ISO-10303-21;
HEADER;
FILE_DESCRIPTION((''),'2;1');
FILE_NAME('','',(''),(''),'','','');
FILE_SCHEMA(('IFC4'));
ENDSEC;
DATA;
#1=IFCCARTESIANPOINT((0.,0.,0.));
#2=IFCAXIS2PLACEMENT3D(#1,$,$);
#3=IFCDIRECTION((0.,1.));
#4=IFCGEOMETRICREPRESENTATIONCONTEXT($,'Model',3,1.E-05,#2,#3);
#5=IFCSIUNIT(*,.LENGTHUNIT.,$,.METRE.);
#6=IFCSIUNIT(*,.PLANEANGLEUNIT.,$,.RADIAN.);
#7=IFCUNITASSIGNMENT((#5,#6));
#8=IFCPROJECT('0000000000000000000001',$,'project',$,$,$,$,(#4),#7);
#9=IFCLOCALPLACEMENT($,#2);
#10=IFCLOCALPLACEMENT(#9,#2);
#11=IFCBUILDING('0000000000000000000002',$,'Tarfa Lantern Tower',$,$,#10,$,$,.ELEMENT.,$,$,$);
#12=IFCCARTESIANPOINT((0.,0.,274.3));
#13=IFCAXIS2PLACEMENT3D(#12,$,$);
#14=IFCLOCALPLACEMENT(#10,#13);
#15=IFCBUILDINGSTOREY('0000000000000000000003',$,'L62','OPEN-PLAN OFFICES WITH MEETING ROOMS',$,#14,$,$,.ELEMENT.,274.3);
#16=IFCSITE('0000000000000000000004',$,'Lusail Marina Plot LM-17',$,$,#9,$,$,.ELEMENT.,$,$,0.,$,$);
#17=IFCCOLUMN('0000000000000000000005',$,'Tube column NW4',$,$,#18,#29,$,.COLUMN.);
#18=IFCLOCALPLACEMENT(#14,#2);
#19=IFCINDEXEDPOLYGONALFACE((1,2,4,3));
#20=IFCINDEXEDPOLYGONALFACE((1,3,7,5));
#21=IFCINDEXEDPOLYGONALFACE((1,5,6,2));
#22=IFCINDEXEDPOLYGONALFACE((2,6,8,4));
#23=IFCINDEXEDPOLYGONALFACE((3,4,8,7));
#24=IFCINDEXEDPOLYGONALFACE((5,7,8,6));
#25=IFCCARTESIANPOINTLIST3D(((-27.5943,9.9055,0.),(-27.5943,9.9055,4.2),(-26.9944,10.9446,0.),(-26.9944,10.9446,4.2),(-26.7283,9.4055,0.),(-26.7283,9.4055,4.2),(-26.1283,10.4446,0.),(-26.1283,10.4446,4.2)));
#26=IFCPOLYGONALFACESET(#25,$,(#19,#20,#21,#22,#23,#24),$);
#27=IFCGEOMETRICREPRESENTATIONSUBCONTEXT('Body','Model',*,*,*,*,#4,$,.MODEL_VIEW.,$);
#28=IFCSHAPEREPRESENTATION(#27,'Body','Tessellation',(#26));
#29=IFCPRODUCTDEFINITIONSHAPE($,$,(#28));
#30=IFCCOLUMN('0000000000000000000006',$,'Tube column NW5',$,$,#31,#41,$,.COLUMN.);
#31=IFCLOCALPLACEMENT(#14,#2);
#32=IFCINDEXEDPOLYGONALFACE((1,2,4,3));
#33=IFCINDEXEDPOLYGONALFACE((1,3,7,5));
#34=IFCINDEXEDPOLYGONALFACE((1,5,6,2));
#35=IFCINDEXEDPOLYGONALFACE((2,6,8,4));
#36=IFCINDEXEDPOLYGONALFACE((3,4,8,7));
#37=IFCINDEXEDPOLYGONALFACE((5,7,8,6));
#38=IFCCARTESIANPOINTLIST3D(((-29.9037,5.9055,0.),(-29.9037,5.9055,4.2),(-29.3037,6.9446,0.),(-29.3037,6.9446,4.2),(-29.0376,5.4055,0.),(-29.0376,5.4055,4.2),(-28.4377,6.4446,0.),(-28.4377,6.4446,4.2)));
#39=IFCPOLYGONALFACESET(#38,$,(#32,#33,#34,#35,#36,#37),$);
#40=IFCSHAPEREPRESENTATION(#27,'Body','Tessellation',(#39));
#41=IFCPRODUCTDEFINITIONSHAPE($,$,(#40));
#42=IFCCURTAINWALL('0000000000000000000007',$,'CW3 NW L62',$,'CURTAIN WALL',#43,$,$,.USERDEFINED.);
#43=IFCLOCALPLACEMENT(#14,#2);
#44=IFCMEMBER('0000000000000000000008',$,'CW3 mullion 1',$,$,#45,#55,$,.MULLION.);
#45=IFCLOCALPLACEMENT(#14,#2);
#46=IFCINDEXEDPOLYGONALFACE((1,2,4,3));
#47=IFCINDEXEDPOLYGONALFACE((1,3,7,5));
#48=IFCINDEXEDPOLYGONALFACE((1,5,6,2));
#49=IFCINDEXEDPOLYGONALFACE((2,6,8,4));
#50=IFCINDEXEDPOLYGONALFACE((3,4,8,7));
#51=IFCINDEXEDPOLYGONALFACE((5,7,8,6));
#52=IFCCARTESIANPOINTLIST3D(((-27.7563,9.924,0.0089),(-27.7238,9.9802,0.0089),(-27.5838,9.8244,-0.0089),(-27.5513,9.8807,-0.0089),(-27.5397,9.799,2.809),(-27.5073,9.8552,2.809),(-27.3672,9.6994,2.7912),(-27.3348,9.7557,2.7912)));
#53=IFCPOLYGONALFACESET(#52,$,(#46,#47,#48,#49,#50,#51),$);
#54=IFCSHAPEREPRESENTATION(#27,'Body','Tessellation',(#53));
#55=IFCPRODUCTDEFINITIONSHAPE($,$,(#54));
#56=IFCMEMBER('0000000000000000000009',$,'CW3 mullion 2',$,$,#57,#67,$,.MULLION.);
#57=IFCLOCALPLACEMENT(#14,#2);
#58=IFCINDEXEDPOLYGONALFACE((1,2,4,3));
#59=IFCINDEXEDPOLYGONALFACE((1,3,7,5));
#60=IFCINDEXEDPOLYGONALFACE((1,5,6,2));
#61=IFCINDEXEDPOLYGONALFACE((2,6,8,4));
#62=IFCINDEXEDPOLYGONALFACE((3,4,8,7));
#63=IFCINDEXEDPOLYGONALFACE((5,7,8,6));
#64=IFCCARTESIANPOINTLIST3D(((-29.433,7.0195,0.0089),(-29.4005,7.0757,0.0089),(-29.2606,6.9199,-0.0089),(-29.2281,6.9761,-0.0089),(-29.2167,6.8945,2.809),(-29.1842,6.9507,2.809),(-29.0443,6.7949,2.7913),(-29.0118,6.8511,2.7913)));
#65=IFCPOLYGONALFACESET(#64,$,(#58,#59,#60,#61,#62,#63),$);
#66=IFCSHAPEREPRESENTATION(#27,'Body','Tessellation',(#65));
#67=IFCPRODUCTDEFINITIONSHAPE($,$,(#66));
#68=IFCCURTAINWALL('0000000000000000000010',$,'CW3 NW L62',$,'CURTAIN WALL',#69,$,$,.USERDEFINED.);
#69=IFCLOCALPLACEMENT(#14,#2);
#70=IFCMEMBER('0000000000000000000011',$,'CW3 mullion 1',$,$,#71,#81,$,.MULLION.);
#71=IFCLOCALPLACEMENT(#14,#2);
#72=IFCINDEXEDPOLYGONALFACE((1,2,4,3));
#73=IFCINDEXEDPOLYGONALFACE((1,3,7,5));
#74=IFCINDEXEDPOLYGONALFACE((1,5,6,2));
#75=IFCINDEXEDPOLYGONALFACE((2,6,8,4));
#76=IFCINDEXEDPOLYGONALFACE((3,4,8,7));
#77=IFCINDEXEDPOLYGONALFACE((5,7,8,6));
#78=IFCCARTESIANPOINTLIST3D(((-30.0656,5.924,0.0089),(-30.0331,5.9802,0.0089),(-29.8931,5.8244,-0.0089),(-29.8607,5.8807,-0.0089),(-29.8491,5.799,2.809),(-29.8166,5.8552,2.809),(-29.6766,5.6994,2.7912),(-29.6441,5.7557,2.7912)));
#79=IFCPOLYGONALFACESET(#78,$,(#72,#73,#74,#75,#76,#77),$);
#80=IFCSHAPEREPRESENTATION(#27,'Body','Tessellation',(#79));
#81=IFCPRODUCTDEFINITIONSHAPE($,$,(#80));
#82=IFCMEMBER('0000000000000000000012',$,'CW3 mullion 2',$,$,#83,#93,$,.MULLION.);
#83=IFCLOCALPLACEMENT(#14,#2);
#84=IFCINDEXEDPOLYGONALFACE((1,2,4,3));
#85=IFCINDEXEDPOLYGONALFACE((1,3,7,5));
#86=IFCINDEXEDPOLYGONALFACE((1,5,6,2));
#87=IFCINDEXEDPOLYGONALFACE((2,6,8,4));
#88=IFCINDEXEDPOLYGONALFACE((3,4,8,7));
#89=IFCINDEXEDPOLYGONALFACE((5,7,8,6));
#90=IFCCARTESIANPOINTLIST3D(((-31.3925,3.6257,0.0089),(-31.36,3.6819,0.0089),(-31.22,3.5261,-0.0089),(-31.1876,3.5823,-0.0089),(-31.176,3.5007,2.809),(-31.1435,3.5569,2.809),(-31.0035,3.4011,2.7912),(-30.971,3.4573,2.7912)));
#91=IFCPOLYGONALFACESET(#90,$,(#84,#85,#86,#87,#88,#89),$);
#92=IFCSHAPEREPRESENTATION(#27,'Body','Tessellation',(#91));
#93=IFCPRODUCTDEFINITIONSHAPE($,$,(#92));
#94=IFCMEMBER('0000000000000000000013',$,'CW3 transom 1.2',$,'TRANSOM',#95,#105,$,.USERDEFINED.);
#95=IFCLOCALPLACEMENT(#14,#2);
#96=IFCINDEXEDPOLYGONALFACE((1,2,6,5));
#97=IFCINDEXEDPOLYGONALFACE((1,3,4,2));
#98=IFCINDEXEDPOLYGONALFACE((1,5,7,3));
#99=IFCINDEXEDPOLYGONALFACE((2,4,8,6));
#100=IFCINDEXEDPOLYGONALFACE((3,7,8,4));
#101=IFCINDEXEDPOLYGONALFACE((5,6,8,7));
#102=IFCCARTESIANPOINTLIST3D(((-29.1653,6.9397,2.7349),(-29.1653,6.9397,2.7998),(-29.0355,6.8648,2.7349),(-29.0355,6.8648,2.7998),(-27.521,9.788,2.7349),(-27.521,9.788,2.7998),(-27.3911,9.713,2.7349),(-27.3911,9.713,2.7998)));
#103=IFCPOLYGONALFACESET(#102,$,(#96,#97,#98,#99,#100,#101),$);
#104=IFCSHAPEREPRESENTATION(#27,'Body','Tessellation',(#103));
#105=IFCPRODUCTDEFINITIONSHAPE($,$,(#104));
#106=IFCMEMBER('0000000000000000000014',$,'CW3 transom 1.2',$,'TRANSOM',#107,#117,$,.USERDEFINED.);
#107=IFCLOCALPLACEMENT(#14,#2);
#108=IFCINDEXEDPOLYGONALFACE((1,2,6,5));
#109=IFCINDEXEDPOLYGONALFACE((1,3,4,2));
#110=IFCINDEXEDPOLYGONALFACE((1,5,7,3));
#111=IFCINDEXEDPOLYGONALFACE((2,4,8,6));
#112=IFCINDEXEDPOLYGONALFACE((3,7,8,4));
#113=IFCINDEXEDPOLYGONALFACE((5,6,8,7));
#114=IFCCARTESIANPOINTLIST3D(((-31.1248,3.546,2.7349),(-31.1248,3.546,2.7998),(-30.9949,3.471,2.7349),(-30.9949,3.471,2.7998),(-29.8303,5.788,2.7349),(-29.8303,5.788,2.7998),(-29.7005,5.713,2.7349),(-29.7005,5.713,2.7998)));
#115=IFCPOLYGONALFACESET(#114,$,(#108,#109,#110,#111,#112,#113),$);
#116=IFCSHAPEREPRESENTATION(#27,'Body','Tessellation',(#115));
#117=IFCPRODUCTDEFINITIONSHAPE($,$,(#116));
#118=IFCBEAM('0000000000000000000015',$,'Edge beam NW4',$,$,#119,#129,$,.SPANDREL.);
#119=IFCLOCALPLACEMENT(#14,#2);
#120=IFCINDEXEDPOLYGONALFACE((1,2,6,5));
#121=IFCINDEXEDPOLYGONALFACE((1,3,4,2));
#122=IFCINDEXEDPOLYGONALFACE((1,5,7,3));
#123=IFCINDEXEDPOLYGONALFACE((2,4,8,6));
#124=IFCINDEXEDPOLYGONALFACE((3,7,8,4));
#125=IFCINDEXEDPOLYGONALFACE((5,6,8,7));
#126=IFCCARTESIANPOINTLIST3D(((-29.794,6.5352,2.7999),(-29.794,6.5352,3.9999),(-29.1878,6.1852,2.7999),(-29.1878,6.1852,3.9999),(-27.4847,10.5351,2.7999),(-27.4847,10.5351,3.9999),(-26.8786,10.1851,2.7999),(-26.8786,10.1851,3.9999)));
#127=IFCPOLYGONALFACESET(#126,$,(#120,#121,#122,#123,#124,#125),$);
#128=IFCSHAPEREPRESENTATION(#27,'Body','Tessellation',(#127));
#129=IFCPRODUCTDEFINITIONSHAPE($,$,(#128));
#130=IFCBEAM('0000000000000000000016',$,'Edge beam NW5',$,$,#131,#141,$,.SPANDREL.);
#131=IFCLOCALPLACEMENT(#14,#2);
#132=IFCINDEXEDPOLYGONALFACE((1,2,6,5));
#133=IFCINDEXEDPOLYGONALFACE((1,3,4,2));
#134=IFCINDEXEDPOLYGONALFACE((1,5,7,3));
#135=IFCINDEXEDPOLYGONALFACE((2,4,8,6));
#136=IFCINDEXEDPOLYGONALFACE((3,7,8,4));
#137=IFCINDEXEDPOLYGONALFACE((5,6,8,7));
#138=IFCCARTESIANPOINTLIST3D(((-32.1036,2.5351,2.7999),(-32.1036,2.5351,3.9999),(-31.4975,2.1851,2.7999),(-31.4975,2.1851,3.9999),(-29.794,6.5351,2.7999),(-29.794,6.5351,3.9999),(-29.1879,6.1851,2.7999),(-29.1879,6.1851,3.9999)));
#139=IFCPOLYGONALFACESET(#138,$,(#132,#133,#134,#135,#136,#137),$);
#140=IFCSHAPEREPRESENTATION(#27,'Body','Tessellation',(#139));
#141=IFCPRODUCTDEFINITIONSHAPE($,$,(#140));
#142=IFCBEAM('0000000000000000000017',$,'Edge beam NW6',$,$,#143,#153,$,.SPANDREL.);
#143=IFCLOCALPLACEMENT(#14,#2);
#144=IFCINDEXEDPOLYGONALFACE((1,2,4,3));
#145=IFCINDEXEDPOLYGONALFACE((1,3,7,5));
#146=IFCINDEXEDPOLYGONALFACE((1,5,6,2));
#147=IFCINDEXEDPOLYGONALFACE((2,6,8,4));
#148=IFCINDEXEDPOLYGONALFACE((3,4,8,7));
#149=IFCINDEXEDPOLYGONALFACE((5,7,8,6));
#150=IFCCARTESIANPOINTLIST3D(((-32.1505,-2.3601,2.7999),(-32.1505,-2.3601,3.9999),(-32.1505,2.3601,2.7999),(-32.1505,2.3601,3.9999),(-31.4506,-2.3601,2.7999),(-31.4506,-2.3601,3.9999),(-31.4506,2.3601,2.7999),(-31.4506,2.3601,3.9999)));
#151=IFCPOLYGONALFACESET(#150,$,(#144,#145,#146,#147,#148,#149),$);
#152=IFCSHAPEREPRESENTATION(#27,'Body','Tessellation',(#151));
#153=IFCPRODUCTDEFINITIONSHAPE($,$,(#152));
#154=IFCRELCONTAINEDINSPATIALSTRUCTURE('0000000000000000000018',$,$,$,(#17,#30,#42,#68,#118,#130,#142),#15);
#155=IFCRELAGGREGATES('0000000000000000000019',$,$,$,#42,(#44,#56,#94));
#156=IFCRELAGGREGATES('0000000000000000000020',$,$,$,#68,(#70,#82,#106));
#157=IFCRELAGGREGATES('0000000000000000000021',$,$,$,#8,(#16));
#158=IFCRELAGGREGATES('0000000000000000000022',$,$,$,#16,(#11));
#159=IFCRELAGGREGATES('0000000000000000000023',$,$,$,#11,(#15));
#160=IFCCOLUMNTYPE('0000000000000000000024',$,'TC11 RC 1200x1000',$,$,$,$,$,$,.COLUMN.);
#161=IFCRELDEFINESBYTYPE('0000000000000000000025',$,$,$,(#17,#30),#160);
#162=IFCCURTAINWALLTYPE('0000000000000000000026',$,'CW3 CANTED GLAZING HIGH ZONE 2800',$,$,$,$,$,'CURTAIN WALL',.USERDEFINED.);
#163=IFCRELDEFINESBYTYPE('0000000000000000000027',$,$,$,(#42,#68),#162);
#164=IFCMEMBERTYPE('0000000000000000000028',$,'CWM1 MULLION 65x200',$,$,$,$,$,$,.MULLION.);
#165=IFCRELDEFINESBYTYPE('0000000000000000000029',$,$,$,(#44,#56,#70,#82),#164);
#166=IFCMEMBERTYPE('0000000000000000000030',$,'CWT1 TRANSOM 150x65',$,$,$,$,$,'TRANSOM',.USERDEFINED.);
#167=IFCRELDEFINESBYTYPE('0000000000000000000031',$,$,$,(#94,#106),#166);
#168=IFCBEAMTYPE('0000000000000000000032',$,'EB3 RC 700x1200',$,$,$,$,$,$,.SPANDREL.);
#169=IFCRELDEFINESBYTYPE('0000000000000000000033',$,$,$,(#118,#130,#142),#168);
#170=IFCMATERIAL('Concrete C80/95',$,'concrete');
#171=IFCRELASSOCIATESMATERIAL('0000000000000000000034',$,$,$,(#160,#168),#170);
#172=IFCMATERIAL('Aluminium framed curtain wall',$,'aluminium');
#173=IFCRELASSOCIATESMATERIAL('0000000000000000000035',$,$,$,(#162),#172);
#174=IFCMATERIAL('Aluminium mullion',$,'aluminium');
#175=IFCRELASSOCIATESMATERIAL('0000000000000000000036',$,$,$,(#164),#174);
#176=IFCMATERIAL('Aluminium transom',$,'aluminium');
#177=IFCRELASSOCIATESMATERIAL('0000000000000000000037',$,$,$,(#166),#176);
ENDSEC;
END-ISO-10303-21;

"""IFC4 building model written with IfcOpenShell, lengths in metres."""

from ifc_helpers import new_model, si_unit, direction, frame, origin, origin_2d, place, context, subcontext, project, spatial, rectangle, extrude, material, material_profile, profile_set, type_object, element, aggregate, save


model = new_model("IFC4")

# Units and contexts
model_context = context("Model", 3, precision=1e-05, world=origin(), true_north=direction((0.0, 1.0)))
body_context = subcontext(model_context, "Body", "Model", "MODEL_VIEW")
ifc_project = project(units=[si_unit("LENGTHUNIT", "METRE"), si_unit("PLANEANGLEUNIT", "RADIAN")], contexts=[model_context])

# Site, building, storey
site_placement = place(None, origin())
site = spatial("IfcSite", under=ifc_project, at=site_placement, Name="Lusail Marina Plot LM-17", CompositionType="ELEMENT", RefElevation=0.0)
building_placement = place(site_placement, origin())
building = spatial("IfcBuilding", under=site, at=building_placement, Name="Tarfa Lantern Tower", CompositionType="ELEMENT")
storey_placement = place(building_placement, frame((0.0, 0.0, 274.3)))
storey = spatial("IfcBuildingStorey", under=building, at=storey_placement, Name="L62", Description="OPEN-PLAN OFFICES WITH MEETING ROOMS", CompositionType="ELEMENT", Elevation=274.3)

# Columns
ifc_material_1 = material(Name="Concrete C80/95", Category="concrete")
ifc_material_profile_1 = material_profile(ifc_material_1, rectangle(XDim=1.2, YDim=1.0, at=origin_2d()), Name="RC 1200x1000")
ifc_profile_set_1 = profile_set([ifc_material_profile_1], Name="Concrete C80/95")
column_type = type_object("IfcColumnType", Name="TC11 RC 1200x1000", PredefinedType="COLUMN", material=ifc_profile_set_1)
for number, where, z_axis, x_axis, name in (
    (1, (-26.8613, 10.175, 0.0), (0.0, 0.0, 1.0), (-0.5, -0.866025, 0.0), "Tube column NW4"),
    (2, (-29.1707, 6.175, 0.0), (0.0, 0.0, 1.0), (-0.5, -0.866025, 0.0), "Tube column NW5"),
):
    element("IfcColumn", number, at=place(storey_placement, frame(where, z_axis=z_axis, x_axis=x_axis)), inside=storey, type_object=column_type, Name=name, PredefinedType="COLUMN", context=body_context, shape_type="SweptSolid", body=[
        extrude(rectangle(XDim=1.2, YDim=1.0, at=origin_2d()), origin(), (0.0, 0.0, 1.0), 4.2),
    ])

# Curtain walls, members
ifc_material_2 = material(Name="Aluminium framed curtain wall", Category="aluminium")
curtain_wall_type = type_object("IfcCurtainWallType", Name="CW3 CANTED GLAZING HIGH ZONE 2800", ElementType="CURTAIN WALL", PredefinedType="USERDEFINED", material=ifc_material_2)
curtain_wall_1_placement = place(storey_placement, origin())
curtain_wall_1 = element("IfcCurtainWall", 3, at=curtain_wall_1_placement, inside=storey, type_object=curtain_wall_type, Name="CW3 NW L62", ObjectType="CURTAIN WALL", PredefinedType="USERDEFINED")
ifc_material_3 = material(Name="Aluminium mullion", Category="aluminium")
ifc_material_profile_2 = material_profile(ifc_material_3, rectangle(XDim=0.0649, YDim=0.2, at=origin_2d()), Name="AL MULLION 65x200")
ifc_profile_set_2 = profile_set([ifc_material_profile_2], Name="Aluminium mullion")
member_type_1 = type_object("IfcMemberType", Name="CWM1 MULLION 65x200", PredefinedType="MULLION", material=ifc_profile_set_2)
member_1_placement = place(storey_placement, frame((-27.6538, 9.9023, 0.0), z_axis=(0.077032, -0.044465, 0.996037), x_axis=(0.49992, 0.866072, 0.0)))
member_1 = element("IfcMember", 4, at=member_1_placement, type_object=member_type_1, Name="CW3 mullion 1", PredefinedType="MULLION", context=body_context, shape_type="SweptSolid", body=[
    extrude(rectangle(XDim=0.0649, YDim=0.2, at=origin_2d()), origin(), (0.0, 0.0, 1.0), 2.8113),
])
member_2_placement = place(storey_placement, frame((-29.3306, 6.9978, 0.0), z_axis=(0.076946, -0.044465, 0.996043), x_axis=(0.500343, 0.865827, 0.0)))
member_2 = element("IfcMember", 5, at=member_2_placement, type_object=member_type_1, Name="CW3 mullion 2", PredefinedType="MULLION", context=body_context, shape_type="SweptSolid", body=[
    extrude(rectangle(XDim=0.0649, YDim=0.2, at=origin_2d()), origin(), (0.0, 0.0, 1.0), 2.8113),
])
curtain_wall_2_placement = place(storey_placement, origin())
curtain_wall_2 = element("IfcCurtainWall", 6, at=curtain_wall_2_placement, inside=storey, type_object=curtain_wall_type, Name="CW3 NW L62", ObjectType="CURTAIN WALL", PredefinedType="USERDEFINED")
member_3_placement = place(storey_placement, frame((-29.9631, 5.9023, 0.0), z_axis=(0.077032, -0.044465, 0.996037), x_axis=(0.49992, 0.866072, 0.0)))
member_3 = element("IfcMember", 7, at=member_3_placement, type_object=member_type_1, Name="CW3 mullion 1", PredefinedType="MULLION", context=body_context, shape_type="SweptSolid", body=[
    extrude(rectangle(XDim=0.0649, YDim=0.2, at=origin_2d()), origin(), (0.0, 0.0, 1.0), 2.8113),
])
member_4_placement = place(storey_placement, frame((-31.29, 3.604, 0.0), z_axis=(0.077032, -0.044465, 0.996037), x_axis=(0.49992, 0.866072, 0.0)))
member_4 = element("IfcMember", 8, at=member_4_placement, type_object=member_type_1, Name="CW3 mullion 2", PredefinedType="MULLION", context=body_context, shape_type="SweptSolid", body=[
    extrude(rectangle(XDim=0.0649, YDim=0.2, at=origin_2d()), origin(), (0.0, 0.0, 1.0), 2.8113),
])

# Members
ifc_material_4 = material(Name="Aluminium transom", Category="aluminium")
ifc_material_profile_3 = material_profile(ifc_material_4, rectangle(XDim=0.1499, YDim=0.0649, at=origin_2d()), Name="AL TRANSOM 150x65")
ifc_profile_set_3 = profile_set([ifc_material_profile_3], Name="Aluminium transom")
member_type_2 = type_object("IfcMemberType", Name="CWT1 TRANSOM 150x65", ElementType="TRANSOM", PredefinedType="USERDEFINED", material=ifc_profile_set_3)
member_5_placement = place(storey_placement, frame((-27.4561, 9.7505, 2.7673), z_axis=(-0.499979, -0.866037, 0.0), x_axis=(0.866037, -0.499979, 0.0)))
member_5 = element("IfcMember", 9, at=member_5_placement, type_object=member_type_2, Name="CW3 transom 1.2", ObjectType="TRANSOM", PredefinedType="USERDEFINED", context=body_context, shape_type="SweptSolid", body=[
    extrude(rectangle(XDim=0.1499, YDim=0.0649, at=origin_2d()), origin(), (0.0, 0.0, 1.0), 3.2888),
])
member_6_placement = place(storey_placement, frame((-29.7654, 5.7505, 2.7673), z_axis=(-0.500014, -0.866018, 0.0), x_axis=(0.866018, -0.500014, 0.0)))
member_6 = element("IfcMember", 10, at=member_6_placement, type_object=member_type_2, Name="CW3 transom 1.2", ObjectType="TRANSOM", PredefinedType="USERDEFINED", context=body_context, shape_type="SweptSolid", body=[
    extrude(rectangle(XDim=0.1499, YDim=0.0649, at=origin_2d()), origin(), (0.0, 0.0, 1.0), 2.5889),
])

# Beams
ifc_material_profile_4 = material_profile(ifc_material_1, rectangle(XDim=0.7, YDim=1.2, at=origin_2d()), Name="RC 700x1200")
ifc_profile_set_4 = profile_set([ifc_material_profile_4], Name="Concrete C80/95")
beam_type_1 = type_object("IfcBeamType", Name="EB3 RC 700x1200", PredefinedType="SPANDREL", material=ifc_profile_set_4)
beam_1_placement = place(storey_placement, frame((-27.1816, 10.3601, 3.3999), z_axis=(-0.499988, -0.866032, 0.0), x_axis=(0.866032, -0.499988, 0.0)))
element("IfcBeam", 11, at=beam_1_placement, inside=storey, type_object=beam_type_1, Name="Edge beam NW4", PredefinedType="SPANDREL", context=body_context, shape_type="SweptSolid", body=[
    extrude(rectangle(XDim=0.7, YDim=1.2, at=origin_2d()), origin(), (0.0, 0.0, 1.0), 4.6187),
])
beam_2_placement = place(storey_placement, frame((-29.491, 6.3601, 3.3999), z_axis=(-0.500027, -0.86601, 0.0), x_axis=(0.86601, -0.500027, 0.0)))
element("IfcBeam", 12, at=beam_2_placement, inside=storey, type_object=beam_type_1, Name="Edge beam NW5", PredefinedType="SPANDREL", context=body_context, shape_type="SweptSolid", body=[
    extrude(rectangle(XDim=0.7, YDim=1.2, at=origin_2d()), origin(), (0.0, 0.0, 1.0), 4.6189),
])
beam_3_placement = place(storey_placement, frame((-31.8005, 2.3601, 3.3999), z_axis=(0.0, -1.0, 0.0), x_axis=(1.0, 0.0, 0.0)))
element("IfcBeam", 13, at=beam_3_placement, inside=storey, type_object=beam_type_1, Name="Edge beam NW6", PredefinedType="SPANDREL", context=body_context, shape_type="SweptSolid", body=[
    extrude(rectangle(XDim=0.7, YDim=1.2, at=origin_2d()), origin(), (0.0, 0.0, 1.0), 4.7202),
])

aggregate(curtain_wall_1, [member_1, member_2, member_5])
aggregate(curtain_wall_2, [member_3, member_4, member_6])

save(model, "model.ifc")
